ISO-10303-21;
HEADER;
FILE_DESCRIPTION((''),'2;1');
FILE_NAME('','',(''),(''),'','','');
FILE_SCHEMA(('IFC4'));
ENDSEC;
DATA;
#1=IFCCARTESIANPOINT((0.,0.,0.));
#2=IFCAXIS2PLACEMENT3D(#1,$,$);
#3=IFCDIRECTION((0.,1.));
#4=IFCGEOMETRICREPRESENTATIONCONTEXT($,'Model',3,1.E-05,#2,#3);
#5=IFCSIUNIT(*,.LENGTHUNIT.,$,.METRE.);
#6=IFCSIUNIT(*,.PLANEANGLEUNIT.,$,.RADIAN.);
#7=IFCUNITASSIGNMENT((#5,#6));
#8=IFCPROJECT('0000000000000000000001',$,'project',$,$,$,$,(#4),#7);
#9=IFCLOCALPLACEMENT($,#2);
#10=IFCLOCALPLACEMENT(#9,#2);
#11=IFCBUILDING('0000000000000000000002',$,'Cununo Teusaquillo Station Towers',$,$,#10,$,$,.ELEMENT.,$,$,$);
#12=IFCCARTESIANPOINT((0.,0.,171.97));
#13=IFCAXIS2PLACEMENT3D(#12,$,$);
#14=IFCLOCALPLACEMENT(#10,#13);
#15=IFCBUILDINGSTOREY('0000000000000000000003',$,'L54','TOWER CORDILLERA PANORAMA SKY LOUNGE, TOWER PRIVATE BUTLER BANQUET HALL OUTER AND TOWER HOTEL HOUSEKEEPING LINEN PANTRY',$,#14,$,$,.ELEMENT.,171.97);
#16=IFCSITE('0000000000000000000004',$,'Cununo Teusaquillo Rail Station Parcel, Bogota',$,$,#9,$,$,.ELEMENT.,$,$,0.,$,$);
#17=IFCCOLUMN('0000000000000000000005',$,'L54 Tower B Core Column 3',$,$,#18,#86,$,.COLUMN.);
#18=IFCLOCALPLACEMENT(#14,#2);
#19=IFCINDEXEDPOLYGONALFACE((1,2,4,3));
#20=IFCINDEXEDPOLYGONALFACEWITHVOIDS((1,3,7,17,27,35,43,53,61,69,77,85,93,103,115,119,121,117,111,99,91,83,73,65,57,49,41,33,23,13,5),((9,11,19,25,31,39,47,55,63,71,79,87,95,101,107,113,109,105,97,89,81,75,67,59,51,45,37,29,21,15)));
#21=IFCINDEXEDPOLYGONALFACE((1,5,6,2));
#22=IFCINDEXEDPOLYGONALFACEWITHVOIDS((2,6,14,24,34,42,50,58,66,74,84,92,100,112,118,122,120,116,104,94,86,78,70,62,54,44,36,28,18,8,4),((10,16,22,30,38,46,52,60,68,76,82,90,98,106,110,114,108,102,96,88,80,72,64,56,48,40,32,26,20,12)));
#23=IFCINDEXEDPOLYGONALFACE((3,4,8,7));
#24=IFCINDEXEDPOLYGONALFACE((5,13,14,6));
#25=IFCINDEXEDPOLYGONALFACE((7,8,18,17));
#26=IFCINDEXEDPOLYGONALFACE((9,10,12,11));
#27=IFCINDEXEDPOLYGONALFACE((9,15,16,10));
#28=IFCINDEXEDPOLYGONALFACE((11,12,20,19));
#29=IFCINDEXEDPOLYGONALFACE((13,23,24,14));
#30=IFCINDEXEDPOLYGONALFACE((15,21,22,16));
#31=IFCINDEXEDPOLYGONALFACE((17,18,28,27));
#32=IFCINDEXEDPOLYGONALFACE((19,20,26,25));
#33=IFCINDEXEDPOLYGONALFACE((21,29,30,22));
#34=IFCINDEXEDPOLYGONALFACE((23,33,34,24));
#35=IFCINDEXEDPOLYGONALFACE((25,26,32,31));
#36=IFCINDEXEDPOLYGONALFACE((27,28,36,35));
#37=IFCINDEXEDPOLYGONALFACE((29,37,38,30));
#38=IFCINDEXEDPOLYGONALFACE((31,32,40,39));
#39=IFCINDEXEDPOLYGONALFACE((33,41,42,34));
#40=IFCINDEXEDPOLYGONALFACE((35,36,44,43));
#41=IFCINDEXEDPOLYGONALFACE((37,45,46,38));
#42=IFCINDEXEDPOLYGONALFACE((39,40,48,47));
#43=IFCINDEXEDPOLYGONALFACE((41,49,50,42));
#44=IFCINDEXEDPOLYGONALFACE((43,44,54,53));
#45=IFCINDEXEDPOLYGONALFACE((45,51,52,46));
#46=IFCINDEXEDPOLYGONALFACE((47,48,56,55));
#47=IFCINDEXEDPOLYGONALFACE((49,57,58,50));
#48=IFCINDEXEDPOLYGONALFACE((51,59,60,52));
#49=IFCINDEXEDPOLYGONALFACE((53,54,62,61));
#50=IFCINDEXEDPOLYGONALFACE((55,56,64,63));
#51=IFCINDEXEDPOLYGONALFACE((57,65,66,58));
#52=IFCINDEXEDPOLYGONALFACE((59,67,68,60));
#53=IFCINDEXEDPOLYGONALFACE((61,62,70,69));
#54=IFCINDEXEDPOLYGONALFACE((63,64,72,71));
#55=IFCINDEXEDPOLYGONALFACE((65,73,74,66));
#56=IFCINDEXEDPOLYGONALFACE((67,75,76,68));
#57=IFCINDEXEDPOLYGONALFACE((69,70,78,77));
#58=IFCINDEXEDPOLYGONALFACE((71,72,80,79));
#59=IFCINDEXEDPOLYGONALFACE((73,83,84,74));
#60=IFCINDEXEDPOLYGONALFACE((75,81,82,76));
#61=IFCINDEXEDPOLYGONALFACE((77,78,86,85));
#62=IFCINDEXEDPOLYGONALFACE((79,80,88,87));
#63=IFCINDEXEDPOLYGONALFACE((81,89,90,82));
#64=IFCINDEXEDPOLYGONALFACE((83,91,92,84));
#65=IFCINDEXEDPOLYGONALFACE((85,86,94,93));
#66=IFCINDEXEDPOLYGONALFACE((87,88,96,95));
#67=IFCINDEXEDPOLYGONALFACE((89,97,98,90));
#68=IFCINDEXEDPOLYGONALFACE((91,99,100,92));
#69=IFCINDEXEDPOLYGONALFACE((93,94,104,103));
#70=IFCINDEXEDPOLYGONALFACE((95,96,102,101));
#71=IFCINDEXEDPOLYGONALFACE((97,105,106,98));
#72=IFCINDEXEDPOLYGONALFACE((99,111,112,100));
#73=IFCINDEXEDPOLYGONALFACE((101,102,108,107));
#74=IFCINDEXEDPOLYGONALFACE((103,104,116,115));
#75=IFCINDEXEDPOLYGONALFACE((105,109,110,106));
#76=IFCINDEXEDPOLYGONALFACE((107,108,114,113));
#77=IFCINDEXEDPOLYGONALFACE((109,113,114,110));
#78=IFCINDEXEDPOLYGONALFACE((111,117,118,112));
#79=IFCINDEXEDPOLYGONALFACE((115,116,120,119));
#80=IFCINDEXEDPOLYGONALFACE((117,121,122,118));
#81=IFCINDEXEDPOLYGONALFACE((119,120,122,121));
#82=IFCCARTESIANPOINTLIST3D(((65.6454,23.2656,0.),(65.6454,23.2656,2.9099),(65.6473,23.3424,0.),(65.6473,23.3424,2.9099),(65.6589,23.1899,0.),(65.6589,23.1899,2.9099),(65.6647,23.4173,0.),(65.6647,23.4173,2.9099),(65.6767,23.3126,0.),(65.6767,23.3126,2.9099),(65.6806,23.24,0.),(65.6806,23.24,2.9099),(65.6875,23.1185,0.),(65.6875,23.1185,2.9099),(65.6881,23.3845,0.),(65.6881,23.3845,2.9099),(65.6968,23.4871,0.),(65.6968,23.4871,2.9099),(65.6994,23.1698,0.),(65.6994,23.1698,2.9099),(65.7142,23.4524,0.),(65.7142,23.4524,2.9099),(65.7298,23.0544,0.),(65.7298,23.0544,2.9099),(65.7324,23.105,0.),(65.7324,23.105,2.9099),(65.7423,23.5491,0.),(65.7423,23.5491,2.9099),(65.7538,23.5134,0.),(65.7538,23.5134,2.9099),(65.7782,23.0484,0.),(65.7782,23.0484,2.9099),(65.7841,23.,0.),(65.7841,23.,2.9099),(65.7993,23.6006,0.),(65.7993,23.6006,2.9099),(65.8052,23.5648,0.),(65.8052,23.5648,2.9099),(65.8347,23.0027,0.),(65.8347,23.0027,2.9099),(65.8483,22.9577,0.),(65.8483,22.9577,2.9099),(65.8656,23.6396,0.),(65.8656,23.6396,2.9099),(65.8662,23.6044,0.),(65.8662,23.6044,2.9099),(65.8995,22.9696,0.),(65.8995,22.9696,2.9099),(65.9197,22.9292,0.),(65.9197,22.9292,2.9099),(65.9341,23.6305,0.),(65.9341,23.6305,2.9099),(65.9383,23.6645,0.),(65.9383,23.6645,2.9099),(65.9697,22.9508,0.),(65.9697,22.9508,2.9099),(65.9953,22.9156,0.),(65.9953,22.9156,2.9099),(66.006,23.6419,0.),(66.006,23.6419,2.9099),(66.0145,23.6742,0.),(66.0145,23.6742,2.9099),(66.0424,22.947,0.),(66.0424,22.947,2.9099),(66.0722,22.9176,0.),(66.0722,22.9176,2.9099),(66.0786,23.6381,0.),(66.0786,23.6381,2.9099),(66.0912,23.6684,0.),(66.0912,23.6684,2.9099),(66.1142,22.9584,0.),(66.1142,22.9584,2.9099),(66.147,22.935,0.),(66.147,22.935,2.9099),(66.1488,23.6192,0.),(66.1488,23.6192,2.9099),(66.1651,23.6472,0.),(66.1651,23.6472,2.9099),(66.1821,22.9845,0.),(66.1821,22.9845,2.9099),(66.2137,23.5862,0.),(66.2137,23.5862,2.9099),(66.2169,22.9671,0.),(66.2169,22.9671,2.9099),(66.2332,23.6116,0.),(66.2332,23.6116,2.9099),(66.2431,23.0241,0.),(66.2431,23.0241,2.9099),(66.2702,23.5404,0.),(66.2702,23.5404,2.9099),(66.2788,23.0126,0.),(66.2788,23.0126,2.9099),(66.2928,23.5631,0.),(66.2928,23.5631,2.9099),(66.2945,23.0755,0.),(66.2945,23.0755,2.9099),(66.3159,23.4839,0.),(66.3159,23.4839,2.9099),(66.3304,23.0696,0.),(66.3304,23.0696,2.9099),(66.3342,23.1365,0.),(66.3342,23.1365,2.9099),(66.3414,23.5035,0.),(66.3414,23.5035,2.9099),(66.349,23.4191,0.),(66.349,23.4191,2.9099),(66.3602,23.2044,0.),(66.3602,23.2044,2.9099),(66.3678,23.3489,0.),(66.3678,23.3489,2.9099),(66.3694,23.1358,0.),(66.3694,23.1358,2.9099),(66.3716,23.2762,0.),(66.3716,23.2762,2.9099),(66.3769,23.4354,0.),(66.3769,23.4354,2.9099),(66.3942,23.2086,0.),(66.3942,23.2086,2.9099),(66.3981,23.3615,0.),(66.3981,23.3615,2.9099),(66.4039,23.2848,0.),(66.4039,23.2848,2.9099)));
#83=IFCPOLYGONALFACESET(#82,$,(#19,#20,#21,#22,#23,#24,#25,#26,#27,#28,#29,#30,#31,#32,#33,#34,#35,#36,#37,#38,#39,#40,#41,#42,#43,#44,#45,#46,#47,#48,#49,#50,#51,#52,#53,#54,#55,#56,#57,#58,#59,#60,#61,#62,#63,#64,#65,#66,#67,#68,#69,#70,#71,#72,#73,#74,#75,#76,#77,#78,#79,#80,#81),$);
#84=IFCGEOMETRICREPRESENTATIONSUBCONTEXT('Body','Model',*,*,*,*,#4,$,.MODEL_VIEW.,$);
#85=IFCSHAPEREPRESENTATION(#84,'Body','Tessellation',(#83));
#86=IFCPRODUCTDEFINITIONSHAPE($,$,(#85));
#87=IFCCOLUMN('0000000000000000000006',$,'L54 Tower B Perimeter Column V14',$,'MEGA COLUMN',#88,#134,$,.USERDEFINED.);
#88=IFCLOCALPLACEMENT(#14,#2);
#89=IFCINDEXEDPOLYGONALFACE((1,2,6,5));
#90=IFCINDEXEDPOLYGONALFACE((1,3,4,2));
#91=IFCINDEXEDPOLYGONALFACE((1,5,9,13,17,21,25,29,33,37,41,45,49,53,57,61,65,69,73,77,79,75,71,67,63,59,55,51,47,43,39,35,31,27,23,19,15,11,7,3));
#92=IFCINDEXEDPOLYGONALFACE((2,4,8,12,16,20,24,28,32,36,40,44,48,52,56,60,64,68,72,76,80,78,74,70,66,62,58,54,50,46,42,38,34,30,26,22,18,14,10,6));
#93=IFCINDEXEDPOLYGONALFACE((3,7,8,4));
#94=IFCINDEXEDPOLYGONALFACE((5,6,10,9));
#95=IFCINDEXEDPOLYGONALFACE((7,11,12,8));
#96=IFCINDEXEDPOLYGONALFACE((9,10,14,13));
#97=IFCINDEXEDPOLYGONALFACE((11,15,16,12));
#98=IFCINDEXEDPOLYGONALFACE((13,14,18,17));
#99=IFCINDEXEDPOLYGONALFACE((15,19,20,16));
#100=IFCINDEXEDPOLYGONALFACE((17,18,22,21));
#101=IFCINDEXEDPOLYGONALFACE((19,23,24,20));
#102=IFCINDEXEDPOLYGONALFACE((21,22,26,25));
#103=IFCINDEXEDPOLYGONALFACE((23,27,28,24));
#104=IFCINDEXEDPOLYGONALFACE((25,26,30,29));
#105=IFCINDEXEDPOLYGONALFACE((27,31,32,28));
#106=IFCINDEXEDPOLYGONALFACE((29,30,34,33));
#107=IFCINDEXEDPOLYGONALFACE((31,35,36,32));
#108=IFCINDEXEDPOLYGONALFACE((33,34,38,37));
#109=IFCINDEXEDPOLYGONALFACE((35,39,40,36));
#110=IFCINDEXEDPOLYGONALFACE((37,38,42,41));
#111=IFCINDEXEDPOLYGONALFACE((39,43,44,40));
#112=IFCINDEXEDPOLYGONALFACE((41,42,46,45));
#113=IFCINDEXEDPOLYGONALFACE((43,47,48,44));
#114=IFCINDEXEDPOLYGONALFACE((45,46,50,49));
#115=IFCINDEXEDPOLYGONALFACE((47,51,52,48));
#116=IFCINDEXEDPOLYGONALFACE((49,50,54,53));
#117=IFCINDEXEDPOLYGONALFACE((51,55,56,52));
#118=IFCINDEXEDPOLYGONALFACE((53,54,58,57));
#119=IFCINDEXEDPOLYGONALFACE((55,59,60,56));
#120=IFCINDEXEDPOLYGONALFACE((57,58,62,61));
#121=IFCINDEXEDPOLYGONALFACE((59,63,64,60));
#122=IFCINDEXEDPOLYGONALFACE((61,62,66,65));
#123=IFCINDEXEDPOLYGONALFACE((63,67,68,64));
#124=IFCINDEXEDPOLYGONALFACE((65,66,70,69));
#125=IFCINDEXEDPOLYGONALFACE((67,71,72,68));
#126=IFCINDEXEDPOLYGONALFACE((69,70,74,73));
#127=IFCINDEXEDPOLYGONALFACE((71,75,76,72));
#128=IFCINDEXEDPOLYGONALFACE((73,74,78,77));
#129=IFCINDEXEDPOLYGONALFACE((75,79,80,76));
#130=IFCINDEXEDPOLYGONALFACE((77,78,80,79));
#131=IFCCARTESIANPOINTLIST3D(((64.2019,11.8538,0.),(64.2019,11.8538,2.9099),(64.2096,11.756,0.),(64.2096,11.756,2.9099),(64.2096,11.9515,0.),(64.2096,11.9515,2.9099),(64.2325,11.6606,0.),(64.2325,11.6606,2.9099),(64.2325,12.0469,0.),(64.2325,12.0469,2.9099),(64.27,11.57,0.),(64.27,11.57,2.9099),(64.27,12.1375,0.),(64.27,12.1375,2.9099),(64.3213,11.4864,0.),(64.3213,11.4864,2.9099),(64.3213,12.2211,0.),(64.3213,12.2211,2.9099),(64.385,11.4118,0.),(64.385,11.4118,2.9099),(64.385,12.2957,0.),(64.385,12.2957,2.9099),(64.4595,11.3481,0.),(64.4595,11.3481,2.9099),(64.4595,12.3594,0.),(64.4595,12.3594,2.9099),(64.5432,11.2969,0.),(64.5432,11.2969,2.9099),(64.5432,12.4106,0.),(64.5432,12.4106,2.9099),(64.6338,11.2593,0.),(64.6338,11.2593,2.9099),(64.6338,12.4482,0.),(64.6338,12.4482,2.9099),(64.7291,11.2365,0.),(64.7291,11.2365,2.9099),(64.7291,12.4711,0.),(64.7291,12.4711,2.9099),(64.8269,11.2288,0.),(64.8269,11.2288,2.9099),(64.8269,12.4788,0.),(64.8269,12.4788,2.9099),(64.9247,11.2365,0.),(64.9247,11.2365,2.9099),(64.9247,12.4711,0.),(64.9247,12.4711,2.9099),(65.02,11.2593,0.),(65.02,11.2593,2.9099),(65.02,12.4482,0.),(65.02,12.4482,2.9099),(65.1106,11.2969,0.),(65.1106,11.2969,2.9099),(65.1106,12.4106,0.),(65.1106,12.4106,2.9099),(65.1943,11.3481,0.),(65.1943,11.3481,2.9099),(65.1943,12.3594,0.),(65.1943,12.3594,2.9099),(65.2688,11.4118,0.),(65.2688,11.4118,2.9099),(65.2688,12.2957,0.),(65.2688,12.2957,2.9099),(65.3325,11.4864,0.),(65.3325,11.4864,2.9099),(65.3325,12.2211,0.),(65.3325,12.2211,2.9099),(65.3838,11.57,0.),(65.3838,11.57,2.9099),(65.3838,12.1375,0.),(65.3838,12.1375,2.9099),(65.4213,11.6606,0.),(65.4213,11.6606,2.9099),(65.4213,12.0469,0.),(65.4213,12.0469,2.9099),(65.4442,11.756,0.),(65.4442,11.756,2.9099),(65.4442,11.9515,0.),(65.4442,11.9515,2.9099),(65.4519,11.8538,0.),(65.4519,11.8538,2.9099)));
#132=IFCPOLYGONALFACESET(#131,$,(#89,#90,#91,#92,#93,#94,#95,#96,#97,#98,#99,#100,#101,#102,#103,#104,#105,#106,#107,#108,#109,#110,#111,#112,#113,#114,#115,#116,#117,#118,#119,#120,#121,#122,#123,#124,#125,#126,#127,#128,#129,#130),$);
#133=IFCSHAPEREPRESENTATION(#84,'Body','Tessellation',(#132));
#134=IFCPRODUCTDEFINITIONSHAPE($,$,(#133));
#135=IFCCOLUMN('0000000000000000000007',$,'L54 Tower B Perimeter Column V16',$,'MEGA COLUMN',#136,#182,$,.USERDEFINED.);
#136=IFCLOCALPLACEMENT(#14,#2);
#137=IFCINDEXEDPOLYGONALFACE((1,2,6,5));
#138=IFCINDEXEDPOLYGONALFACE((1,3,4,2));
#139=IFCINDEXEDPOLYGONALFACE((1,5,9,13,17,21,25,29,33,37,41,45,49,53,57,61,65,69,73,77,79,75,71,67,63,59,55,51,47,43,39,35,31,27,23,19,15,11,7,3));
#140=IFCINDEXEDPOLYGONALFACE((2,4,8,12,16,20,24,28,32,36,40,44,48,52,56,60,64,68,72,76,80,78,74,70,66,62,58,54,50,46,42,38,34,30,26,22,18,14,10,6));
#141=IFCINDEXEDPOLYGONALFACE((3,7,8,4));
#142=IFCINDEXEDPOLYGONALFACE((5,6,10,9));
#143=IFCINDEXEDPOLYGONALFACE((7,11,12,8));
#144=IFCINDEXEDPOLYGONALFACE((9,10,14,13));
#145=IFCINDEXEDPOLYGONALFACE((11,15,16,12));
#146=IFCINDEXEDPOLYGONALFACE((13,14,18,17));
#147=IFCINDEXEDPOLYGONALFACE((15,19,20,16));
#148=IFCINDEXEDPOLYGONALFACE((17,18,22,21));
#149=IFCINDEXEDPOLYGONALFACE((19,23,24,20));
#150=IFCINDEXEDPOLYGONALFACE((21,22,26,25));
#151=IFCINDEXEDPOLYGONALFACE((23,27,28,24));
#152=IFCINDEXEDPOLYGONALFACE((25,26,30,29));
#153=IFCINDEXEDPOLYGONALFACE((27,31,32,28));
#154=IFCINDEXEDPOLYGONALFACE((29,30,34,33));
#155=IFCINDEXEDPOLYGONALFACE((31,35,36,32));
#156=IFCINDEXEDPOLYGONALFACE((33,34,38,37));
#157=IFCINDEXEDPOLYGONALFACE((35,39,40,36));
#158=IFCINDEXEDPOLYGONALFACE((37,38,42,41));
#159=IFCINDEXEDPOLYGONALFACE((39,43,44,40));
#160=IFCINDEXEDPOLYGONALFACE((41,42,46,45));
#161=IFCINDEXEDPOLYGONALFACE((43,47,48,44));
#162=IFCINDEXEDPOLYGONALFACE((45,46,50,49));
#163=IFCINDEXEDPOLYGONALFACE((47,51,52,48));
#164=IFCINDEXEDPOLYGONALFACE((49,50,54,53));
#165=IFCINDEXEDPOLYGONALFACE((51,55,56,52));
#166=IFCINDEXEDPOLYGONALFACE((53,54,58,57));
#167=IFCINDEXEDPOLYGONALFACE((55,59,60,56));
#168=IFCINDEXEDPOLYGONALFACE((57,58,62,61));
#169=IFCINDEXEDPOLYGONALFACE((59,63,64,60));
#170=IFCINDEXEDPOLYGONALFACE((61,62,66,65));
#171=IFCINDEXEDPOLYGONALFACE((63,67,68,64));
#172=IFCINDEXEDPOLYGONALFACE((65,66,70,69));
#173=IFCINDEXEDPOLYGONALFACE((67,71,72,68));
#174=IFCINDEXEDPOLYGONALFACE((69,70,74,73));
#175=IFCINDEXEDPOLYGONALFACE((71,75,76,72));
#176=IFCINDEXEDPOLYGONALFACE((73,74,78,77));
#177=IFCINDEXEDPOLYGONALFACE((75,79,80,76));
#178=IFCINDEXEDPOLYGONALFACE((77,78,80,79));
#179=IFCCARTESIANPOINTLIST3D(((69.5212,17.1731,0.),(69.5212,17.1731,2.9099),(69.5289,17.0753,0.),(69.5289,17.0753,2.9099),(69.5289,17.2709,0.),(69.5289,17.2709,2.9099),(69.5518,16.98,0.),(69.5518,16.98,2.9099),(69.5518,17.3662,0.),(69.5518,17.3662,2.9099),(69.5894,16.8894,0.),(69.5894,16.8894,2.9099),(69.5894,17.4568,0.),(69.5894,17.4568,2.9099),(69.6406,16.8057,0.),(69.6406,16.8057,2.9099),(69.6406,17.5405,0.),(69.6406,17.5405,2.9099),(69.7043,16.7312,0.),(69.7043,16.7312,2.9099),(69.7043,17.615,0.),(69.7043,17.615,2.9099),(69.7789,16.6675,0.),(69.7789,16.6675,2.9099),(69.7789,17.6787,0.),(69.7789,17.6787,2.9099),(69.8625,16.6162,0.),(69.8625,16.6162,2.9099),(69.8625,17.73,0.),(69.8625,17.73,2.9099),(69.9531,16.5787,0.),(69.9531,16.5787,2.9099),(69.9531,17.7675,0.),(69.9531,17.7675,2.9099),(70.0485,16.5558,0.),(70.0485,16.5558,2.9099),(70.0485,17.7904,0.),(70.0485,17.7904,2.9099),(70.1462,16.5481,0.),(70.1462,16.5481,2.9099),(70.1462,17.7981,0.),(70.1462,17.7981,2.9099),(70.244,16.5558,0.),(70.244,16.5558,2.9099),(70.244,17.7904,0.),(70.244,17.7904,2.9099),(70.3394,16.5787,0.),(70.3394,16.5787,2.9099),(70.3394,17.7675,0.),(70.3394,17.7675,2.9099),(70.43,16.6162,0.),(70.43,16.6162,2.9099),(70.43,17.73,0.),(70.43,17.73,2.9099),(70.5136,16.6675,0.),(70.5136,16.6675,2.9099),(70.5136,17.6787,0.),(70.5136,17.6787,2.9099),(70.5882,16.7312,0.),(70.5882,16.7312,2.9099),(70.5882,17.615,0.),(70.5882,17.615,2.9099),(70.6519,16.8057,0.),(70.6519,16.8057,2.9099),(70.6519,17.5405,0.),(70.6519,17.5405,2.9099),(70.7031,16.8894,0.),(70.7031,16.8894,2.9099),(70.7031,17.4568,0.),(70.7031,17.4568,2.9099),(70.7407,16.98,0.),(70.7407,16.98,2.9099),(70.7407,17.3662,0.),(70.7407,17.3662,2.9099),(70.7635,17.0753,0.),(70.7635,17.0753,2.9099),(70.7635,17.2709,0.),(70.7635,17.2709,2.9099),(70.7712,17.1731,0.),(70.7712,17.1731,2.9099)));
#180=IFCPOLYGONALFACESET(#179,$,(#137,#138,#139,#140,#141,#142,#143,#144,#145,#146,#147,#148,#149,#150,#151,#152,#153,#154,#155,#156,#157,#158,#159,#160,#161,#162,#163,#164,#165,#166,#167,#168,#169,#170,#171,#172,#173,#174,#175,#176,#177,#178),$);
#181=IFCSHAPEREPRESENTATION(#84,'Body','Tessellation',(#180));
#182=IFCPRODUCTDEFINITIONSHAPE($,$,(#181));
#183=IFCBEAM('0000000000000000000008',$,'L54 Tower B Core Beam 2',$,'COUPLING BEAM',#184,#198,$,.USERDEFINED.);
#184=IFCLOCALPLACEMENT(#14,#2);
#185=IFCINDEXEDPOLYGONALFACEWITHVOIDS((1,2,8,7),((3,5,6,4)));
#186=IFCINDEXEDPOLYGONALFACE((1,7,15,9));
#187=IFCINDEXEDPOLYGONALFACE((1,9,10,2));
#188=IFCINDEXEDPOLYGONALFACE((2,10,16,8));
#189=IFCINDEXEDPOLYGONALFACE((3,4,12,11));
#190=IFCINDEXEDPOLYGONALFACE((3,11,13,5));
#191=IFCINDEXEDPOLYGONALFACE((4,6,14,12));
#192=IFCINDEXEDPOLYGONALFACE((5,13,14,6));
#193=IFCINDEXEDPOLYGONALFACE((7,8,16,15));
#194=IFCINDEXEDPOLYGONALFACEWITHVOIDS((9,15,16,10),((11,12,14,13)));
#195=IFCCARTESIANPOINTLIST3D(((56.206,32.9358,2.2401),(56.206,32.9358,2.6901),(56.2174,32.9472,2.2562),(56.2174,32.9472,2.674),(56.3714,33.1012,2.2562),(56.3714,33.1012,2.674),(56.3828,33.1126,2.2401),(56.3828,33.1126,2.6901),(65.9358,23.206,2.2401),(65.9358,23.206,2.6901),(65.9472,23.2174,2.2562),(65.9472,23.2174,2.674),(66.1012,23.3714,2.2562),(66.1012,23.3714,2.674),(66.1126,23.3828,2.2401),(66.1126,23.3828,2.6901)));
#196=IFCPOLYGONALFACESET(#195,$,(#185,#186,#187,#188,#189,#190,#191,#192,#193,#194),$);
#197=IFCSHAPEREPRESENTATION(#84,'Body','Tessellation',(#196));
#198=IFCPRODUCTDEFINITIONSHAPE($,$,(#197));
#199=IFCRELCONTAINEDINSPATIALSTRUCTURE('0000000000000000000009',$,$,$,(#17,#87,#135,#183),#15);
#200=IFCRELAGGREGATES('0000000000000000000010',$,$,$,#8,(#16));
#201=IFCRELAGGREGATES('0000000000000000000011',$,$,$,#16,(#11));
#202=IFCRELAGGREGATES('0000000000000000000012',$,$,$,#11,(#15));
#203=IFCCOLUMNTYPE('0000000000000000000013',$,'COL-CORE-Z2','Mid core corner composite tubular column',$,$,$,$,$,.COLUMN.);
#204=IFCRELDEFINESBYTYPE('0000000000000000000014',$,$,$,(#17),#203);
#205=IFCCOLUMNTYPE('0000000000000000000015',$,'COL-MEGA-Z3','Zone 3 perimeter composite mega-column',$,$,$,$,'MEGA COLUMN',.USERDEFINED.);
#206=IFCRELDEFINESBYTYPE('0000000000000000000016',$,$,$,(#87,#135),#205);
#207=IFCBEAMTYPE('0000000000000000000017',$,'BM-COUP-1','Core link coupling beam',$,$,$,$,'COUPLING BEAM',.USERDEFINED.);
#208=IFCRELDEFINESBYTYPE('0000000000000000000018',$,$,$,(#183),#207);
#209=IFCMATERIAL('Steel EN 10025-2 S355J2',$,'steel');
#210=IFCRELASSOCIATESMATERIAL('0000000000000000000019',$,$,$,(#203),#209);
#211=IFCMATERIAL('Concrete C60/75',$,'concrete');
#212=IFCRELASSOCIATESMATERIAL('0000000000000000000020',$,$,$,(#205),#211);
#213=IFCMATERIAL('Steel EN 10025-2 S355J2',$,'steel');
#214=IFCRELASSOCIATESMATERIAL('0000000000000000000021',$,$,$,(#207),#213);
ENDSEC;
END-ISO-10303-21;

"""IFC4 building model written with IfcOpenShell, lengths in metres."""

from ifc_helpers import new_model, si_unit, direction, frame, origin, origin_2d, place, context, subcontext, project, spatial, hollow_rectangle, circle, hollow_circle, extrude, material, material_profile, profile_set, type_object, element, save


model = new_model("IFC4")

# Units and contexts
model_context = context("Model", 3, precision=1e-05, world=origin(), true_north=direction((0.0, 1.0)))
body_context = subcontext(model_context, "Body", "Model", "MODEL_VIEW")
ifc_project = project(units=[si_unit("LENGTHUNIT", "METRE"), si_unit("PLANEANGLEUNIT", "RADIAN")], contexts=[model_context])

# Site, building, storey
site_placement = place(None, origin())
site = spatial("IfcSite", under=ifc_project, at=site_placement, Name="Cununo Teusaquillo Rail Station Parcel, Bogota", CompositionType="ELEMENT", RefElevation=0.0)
building_placement = place(site_placement, origin())
building = spatial("IfcBuilding", under=site, at=building_placement, Name="Cununo Teusaquillo Station Towers", CompositionType="ELEMENT")
storey_placement = place(building_placement, frame((0.0, 0.0, 171.97)))
storey = spatial("IfcBuildingStorey", under=building, at=storey_placement, Name="L54", Description="TOWER CORDILLERA PANORAMA SKY LOUNGE, TOWER PRIVATE BUTLER BANQUET HALL OUTER AND TOWER HOTEL HOUSEKEEPING LINEN PANTRY", CompositionType="ELEMENT", Elevation=171.97)

# Columns
ifc_material_1 = material(Name="Steel EN 10025-2 S355J2", Category="steel")
ifc_material_profile_1 = material_profile(ifc_material_1, hollow_circle(Radius=0.3799, WallThickness=0.032, at=origin_2d()), Name="CHS 760x32")
ifc_profile_set_1 = profile_set([ifc_material_profile_1], Name="Steel EN 10025-2 S355J2")
column_type_1 = type_object("IfcColumnType", Name="COL-CORE-Z2", Description="Mid core corner composite tubular column", PredefinedType="COLUMN", material=ifc_profile_set_1)
column_placement = place(storey_placement, frame((66.0242, 23.2944, 0.0), z_axis=(0.0, 0.0, 1.0), x_axis=(0.707107, 0.707107, 0.0)))
element("IfcColumn", 1, at=column_placement, inside=storey, type_object=column_type_1, Name="L54 Tower B Core Column 3", PredefinedType="COLUMN", context=body_context, shape_type="SweptSolid", body=[
    extrude(hollow_circle(Radius=0.3799, WallThickness=0.032, at=origin_2d()), origin(), (0.0, 0.0, 1.0), 2.9099),
])
ifc_material_2 = material(Name="Concrete C60/75", Category="concrete")
ifc_material_profile_2 = material_profile(ifc_material_2, circle(Radius=0.625, at=origin_2d()), Name="RC-CIRC-1250")
ifc_profile_set_2 = profile_set([ifc_material_profile_2], Name="Concrete C60/75")
column_type_2 = type_object("IfcColumnType", Name="COL-MEGA-Z3", Description="Zone 3 perimeter composite mega-column", ElementType="MEGA COLUMN", PredefinedType="USERDEFINED", material=ifc_profile_set_2)
for number, where, z_axis, x_axis, name in (
    (2, (64.8269, 11.8538, 0.0), (0.0, 0.0, 1.0), (1.0, 0.0, 0.0), "L54 Tower B Perimeter Column V14"),
    (3, (70.1462, 17.1731, 0.0), (0.0, 0.0, 1.0), (1.0, 0.0, 0.0), "L54 Tower B Perimeter Column V16"),
):
    element("IfcColumn", number, at=place(storey_placement, frame(where, z_axis=z_axis, x_axis=x_axis)), inside=storey, type_object=column_type_2, Name=name, ObjectType="MEGA COLUMN", PredefinedType="USERDEFINED", context=body_context, shape_type="SweptSolid", body=[
        extrude(circle(Radius=0.625, at=origin_2d()), origin(), (0.0, 0.0, 1.0), 2.9099),
    ])

# Beam
ifc_material_3 = material(Name="Steel EN 10025-2 S355J2", Category="steel")
ifc_material_profile_3 = material_profile(ifc_material_3, hollow_rectangle(XDim=0.25, YDim=0.45, WallThickness=0.0161, at=origin_2d()), Name="RHS 450x250x16")
ifc_profile_set_3 = profile_set([ifc_material_profile_3], Name="Steel EN 10025-2 S355J2")
beam_type_1 = type_object("IfcBeamType", Name="BM-COUP-1", Description="Core link coupling beam", ElementType="COUPLING BEAM", PredefinedType="USERDEFINED", material=ifc_profile_set_3)
beam_1_placement = place(storey_placement, frame((66.0242, 23.2944, 2.4651), z_axis=(-0.707107, 0.707107, 0.0), x_axis=(-0.707107, -0.707107, 0.0)))
element("IfcBeam", 4, at=beam_1_placement, inside=storey, type_object=beam_type_1, Name="L54 Tower B Core Beam 2", ObjectType="COUPLING BEAM", PredefinedType="USERDEFINED", context=body_context, shape_type="SweptSolid", body=[
    extrude(hollow_rectangle(XDim=0.25, YDim=0.45, WallThickness=0.0161, at=origin_2d()), origin(), (0.0, 0.0, 1.0), 13.76),
])

save(model, "model.ifc")
